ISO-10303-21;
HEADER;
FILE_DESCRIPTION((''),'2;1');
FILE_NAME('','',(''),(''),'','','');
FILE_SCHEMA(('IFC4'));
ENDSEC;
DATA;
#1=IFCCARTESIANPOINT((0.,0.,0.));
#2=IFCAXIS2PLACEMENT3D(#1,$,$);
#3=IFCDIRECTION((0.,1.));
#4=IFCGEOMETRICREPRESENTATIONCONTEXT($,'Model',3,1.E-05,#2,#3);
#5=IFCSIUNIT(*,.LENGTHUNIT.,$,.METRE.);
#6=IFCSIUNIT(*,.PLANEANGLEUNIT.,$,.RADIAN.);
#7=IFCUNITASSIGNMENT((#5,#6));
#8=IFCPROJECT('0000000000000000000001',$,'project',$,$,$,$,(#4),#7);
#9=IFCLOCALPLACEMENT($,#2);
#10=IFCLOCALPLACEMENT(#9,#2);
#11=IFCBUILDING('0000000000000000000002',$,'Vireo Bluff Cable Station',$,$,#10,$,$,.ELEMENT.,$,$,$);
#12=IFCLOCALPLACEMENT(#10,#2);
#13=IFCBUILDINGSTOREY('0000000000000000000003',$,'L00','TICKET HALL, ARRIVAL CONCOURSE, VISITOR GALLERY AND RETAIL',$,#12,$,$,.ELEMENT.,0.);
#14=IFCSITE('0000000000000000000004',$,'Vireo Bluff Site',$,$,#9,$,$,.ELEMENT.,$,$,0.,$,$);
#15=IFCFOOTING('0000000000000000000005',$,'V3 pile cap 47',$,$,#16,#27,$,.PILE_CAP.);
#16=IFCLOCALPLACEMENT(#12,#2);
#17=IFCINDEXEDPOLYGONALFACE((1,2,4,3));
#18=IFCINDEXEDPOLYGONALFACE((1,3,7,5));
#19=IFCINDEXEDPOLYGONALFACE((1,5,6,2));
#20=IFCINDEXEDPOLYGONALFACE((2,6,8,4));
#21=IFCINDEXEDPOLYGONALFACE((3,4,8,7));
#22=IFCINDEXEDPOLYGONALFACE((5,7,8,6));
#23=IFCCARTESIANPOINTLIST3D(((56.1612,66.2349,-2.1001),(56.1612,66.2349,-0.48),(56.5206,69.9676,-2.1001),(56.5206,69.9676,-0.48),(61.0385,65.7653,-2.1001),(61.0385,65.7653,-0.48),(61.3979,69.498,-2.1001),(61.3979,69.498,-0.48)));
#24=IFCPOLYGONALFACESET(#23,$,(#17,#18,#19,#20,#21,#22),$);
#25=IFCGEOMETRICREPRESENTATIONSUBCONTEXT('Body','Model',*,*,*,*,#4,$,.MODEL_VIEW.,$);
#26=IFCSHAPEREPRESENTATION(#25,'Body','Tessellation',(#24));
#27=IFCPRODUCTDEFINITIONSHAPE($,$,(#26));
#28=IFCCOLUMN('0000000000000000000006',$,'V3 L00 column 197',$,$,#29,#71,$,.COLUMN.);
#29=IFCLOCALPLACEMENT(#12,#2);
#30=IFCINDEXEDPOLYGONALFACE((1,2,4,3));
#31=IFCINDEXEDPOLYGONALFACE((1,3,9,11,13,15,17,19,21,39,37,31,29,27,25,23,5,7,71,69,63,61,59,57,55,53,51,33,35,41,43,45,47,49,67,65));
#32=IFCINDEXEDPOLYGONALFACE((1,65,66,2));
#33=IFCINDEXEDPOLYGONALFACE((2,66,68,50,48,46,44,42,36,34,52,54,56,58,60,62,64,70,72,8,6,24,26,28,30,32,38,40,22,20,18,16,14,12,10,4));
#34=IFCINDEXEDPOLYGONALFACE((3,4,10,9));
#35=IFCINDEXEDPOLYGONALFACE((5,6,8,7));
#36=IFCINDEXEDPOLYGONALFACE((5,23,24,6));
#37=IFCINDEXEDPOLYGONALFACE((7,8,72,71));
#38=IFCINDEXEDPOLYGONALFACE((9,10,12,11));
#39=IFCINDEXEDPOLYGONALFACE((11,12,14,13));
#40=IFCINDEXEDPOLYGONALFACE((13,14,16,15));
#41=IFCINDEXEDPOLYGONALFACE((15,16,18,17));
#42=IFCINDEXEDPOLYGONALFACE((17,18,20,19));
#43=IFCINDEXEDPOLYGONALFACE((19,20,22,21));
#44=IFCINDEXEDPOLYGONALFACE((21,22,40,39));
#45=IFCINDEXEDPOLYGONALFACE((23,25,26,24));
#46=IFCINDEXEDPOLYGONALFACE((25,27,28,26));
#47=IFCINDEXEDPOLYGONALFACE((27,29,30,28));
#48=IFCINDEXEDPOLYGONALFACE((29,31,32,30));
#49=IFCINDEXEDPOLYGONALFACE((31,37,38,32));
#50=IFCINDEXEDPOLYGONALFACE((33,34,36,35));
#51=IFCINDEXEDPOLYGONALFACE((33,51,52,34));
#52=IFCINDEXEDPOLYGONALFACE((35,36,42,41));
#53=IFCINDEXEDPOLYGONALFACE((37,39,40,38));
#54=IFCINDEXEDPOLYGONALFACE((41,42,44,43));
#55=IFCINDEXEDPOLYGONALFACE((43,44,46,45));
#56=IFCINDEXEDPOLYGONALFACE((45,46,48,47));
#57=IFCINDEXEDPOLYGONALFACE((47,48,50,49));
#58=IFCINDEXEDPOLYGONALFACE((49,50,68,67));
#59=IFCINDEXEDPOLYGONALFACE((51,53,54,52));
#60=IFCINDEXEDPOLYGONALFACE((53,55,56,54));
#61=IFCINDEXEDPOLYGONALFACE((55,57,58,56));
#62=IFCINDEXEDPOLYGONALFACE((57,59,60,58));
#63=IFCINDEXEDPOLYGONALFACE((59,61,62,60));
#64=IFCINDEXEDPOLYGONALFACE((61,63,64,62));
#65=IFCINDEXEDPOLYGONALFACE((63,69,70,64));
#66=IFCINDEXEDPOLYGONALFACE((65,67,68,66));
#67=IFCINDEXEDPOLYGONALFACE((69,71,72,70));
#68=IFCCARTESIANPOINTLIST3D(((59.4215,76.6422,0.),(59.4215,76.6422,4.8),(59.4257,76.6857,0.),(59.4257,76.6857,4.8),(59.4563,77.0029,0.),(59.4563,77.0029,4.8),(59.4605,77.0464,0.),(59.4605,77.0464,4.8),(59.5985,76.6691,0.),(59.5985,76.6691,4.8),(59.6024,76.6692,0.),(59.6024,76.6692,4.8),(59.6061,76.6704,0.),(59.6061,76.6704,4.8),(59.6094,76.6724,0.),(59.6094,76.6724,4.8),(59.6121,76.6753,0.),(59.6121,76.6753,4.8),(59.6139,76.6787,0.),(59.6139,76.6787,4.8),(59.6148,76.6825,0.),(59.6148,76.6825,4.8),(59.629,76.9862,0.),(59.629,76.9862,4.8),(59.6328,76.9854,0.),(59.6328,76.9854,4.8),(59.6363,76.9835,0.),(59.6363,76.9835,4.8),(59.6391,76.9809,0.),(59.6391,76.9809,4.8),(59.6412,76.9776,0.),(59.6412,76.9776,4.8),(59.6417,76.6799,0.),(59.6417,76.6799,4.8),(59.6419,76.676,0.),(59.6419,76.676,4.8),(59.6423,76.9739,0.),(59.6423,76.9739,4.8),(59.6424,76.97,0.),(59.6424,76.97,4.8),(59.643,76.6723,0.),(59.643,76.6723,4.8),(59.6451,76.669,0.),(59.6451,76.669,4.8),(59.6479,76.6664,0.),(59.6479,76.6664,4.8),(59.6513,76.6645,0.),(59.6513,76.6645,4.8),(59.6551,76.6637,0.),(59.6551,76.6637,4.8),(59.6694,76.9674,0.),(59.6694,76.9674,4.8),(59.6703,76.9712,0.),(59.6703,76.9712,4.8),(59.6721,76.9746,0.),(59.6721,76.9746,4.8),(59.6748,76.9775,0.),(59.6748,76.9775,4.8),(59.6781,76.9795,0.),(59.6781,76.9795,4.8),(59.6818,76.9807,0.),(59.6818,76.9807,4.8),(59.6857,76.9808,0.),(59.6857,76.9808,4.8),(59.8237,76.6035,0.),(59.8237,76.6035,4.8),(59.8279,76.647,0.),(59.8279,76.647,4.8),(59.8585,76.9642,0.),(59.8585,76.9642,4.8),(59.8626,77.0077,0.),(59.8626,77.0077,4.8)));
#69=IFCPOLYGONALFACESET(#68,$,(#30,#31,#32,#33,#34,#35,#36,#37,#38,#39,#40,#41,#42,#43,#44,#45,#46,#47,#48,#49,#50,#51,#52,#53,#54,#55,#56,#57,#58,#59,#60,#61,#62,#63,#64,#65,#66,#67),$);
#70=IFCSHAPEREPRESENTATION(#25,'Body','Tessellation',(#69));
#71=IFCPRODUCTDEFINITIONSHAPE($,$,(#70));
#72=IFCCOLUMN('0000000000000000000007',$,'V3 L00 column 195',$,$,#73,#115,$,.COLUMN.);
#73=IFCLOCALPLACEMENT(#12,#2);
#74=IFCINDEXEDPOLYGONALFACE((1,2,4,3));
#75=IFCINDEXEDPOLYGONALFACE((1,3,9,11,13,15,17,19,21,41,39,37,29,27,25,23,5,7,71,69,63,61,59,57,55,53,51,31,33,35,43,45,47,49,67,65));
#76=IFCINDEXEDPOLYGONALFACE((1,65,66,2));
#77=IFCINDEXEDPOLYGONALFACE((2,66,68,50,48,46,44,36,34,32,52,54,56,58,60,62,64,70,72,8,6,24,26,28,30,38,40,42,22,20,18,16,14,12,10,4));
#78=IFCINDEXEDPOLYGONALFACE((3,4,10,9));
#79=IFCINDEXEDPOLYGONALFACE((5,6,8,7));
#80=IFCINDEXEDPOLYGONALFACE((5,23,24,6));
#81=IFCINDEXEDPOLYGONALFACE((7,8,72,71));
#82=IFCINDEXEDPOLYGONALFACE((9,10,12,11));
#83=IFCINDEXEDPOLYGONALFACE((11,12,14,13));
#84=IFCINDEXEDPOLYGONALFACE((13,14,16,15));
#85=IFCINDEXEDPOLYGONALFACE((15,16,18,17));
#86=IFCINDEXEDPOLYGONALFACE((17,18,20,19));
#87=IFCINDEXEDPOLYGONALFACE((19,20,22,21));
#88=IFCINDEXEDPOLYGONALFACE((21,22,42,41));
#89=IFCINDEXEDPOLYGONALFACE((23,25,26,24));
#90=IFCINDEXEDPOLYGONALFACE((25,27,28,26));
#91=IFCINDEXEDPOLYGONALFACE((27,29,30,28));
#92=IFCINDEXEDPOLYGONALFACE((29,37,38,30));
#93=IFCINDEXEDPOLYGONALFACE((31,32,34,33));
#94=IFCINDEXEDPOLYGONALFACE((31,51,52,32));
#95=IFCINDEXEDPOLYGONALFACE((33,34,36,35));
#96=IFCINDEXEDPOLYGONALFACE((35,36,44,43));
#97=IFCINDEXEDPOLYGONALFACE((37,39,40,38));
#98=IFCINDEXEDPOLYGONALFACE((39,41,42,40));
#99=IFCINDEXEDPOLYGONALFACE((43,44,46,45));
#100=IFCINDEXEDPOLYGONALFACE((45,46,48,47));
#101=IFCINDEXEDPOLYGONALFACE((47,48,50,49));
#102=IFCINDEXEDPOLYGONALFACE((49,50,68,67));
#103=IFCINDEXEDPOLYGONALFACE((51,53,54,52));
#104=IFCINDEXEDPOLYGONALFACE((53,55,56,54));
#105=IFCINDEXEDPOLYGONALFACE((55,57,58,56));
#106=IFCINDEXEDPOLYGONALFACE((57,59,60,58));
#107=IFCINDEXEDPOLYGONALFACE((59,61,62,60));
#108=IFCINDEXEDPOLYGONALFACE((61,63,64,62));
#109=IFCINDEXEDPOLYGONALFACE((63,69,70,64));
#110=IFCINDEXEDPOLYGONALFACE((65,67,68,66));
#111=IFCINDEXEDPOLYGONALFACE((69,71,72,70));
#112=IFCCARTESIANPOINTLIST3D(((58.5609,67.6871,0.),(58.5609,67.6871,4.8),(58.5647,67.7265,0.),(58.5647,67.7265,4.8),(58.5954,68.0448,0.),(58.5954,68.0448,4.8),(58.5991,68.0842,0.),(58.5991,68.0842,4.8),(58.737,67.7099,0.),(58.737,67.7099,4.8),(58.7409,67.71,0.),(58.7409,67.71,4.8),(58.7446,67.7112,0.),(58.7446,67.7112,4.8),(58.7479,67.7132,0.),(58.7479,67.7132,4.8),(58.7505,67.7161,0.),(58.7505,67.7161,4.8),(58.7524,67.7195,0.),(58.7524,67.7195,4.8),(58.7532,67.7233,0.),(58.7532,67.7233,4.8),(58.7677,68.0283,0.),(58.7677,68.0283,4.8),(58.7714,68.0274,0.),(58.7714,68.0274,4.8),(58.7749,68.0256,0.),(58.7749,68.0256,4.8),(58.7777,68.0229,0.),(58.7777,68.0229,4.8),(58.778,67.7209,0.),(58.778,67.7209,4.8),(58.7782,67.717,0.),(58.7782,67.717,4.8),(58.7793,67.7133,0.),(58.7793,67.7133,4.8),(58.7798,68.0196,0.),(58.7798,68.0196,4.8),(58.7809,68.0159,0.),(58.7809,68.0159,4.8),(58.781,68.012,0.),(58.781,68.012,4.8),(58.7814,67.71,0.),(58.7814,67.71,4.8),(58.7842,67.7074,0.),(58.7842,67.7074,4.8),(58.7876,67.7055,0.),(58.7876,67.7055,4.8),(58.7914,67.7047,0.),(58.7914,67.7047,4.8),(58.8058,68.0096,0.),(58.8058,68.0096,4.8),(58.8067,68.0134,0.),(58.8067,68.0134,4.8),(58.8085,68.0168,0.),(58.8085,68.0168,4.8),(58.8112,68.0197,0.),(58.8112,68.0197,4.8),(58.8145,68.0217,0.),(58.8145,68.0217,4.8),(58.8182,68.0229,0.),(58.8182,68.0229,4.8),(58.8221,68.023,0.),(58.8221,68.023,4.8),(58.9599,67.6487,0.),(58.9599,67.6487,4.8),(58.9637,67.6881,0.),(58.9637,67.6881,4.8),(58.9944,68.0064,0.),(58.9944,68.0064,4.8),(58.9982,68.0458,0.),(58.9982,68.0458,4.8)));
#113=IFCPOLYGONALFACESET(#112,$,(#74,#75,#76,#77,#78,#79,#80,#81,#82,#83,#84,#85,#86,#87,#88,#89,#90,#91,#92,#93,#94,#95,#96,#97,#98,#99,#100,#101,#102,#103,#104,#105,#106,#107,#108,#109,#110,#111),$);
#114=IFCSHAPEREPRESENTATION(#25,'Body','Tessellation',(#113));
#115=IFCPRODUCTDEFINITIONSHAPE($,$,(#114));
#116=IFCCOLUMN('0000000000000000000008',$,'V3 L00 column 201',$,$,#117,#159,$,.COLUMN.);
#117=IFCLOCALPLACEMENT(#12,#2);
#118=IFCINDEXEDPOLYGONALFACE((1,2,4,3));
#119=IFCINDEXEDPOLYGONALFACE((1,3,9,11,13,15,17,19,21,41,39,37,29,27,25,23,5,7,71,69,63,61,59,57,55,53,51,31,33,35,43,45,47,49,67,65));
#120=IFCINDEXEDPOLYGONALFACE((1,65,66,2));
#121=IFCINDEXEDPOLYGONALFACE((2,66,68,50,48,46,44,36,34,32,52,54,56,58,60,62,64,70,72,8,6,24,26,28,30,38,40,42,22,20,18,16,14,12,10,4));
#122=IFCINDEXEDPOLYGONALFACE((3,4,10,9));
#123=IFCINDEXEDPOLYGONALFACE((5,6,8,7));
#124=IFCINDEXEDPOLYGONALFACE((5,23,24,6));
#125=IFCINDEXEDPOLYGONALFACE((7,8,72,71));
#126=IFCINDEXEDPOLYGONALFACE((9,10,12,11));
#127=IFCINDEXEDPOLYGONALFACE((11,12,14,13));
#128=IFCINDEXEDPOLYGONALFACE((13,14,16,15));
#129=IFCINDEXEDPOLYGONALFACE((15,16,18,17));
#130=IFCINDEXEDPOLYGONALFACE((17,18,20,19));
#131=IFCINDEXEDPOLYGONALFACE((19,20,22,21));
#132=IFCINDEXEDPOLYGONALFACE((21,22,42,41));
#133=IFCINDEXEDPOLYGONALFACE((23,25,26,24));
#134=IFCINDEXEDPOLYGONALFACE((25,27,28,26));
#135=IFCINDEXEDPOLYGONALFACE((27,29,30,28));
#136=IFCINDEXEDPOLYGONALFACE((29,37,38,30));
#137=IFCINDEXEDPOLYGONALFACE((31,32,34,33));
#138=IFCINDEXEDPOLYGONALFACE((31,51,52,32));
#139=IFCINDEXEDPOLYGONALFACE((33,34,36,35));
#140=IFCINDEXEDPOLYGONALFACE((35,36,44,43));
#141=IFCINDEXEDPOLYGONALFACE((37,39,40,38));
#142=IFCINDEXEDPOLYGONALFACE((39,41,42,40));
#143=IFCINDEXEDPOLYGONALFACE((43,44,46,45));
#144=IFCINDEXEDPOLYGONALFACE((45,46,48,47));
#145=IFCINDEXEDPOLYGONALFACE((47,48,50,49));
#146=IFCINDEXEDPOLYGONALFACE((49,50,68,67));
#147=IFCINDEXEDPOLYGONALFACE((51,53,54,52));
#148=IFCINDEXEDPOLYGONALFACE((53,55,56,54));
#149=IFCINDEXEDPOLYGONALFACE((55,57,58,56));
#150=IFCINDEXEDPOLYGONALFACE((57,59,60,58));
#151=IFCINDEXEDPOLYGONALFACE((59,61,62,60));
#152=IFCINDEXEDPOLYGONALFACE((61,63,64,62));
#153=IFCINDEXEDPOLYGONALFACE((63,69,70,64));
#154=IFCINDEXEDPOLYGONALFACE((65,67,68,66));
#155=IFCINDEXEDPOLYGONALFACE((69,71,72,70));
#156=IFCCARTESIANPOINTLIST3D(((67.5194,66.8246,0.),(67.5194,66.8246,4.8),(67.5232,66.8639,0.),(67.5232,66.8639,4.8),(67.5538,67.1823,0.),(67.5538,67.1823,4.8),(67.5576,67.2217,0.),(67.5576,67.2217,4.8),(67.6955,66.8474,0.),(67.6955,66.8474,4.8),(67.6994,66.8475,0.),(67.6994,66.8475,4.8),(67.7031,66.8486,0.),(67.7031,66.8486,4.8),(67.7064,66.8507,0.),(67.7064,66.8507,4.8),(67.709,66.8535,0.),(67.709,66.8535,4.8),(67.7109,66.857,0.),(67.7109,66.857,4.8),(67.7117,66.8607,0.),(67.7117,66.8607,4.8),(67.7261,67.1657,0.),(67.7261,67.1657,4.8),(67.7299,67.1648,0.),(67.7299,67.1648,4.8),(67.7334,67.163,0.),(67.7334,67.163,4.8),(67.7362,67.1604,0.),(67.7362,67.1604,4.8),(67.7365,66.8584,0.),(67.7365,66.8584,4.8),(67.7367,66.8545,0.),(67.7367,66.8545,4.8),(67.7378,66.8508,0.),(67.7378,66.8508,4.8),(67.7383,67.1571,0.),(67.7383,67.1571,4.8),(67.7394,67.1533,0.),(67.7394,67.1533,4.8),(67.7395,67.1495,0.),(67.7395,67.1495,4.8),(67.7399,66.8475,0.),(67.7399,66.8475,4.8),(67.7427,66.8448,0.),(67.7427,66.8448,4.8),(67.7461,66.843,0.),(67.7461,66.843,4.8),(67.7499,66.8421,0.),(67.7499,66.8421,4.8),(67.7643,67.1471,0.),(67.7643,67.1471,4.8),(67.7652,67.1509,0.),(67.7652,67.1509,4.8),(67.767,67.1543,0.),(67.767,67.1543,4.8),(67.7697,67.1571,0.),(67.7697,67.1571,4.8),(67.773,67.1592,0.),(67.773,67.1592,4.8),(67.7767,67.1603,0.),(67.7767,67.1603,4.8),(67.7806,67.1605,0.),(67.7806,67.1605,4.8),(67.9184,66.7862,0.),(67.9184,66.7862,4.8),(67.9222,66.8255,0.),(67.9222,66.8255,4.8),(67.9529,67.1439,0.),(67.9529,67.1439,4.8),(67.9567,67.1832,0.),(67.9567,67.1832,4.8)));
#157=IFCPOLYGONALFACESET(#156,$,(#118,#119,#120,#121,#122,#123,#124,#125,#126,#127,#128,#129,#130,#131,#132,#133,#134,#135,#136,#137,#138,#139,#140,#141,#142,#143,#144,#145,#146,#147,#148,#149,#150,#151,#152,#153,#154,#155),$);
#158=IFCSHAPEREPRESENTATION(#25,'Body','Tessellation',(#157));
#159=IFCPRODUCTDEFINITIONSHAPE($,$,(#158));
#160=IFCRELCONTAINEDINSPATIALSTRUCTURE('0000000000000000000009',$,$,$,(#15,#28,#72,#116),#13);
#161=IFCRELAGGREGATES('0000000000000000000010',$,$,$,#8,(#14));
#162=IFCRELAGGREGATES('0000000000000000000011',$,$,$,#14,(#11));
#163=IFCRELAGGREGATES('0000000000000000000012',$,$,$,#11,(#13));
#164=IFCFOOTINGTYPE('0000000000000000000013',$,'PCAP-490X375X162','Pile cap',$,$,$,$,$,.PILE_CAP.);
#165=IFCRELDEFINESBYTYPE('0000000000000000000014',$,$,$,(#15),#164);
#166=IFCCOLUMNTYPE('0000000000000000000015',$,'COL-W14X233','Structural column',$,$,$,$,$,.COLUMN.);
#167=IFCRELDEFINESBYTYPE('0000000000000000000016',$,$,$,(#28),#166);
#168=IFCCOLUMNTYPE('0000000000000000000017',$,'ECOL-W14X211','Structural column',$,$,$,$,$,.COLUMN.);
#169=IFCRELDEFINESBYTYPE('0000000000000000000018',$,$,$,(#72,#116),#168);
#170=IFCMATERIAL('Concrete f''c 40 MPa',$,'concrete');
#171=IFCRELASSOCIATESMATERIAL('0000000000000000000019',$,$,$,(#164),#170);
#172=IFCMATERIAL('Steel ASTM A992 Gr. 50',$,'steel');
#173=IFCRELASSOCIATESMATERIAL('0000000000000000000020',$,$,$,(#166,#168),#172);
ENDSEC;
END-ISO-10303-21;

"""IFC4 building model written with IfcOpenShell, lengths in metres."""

from ifc_helpers import new_model, si_unit, direction, frame, origin, origin_2d, place, context, subcontext, project, spatial, rectangle, i_section, extrude, material, material_profile, profile_set, type_object, element, save


model = new_model("IFC4")

# Units and contexts
model_context = context("Model", 3, precision=1e-05, world=origin(), true_north=direction((0.0, 1.0)))
body_context = subcontext(model_context, "Body", "Model", "MODEL_VIEW")
ifc_project = project(units=[si_unit("LENGTHUNIT", "METRE"), si_unit("PLANEANGLEUNIT", "RADIAN")], contexts=[model_context])

# Site, building, storey
site_placement = place(None, origin())
site = spatial("IfcSite", under=ifc_project, at=site_placement, Name="Vireo Bluff Site", CompositionType="ELEMENT", RefElevation=0.0)
building_placement = place(site_placement, origin())
building = spatial("IfcBuilding", under=site, at=building_placement, Name="Vireo Bluff Cable Station", CompositionType="ELEMENT")
storey_placement = place(building_placement, origin())
storey = spatial("IfcBuildingStorey", under=building, at=storey_placement, Name="L00", Description="TICKET HALL, ARRIVAL CONCOURSE, VISITOR GALLERY AND RETAIL", CompositionType="ELEMENT", Elevation=0.0)

# Footing
ifc_material_1 = material(Name="Concrete f'c 40 MPa", Category="concrete")
footing_type_1 = type_object("IfcFootingType", Name="PCAP-490X375X162", Description="Pile cap", PredefinedType="PILE_CAP", material=ifc_material_1)
footing_1_placement = place(storey_placement, frame((58.7795, 67.8665, -2.1001), z_axis=(0.0, 0.0, 1.0), x_axis=(0.995396, -0.095846, 0.0)))
element("IfcFooting", 1, at=footing_1_placement, inside=storey, type_object=footing_type_1, Name="V3 pile cap 47", PredefinedType="PILE_CAP", context=body_context, shape_type="SweptSolid", body=[
    extrude(rectangle(XDim=4.8999, YDim=3.75, at=origin_2d()), origin(), (0.0, 0.0, 1.0), 1.6201),
])

# Columns
ifc_material_2 = material(Name="Steel ASTM A992 Gr. 50", Category="steel")
ifc_material_profile_1 = material_profile(ifc_material_2, i_section(OverallWidth=0.4041, OverallDepth=0.406, WebThickness=0.0271, FlangeThickness=0.0437, FilletRadius=0.0149, at=origin_2d()), Name="W14X233")
ifc_profile_set_1 = profile_set([ifc_material_profile_1], Name="Steel ASTM A992 Gr. 50")
column_type_1 = type_object("IfcColumnType", Name="COL-W14X233", Description="Structural column", PredefinedType="COLUMN", material=ifc_profile_set_1)
column_placement = place(storey_placement, frame((59.6421, 76.825, 0.0), z_axis=(0.0, 0.0, 1.0), x_axis=(0.995396, -0.095846, 0.0)))
element("IfcColumn", 2, at=column_placement, inside=storey, type_object=column_type_1, Name="V3 L00 column 197", PredefinedType="COLUMN", context=body_context, shape_type="SweptSolid", body=[
    extrude(i_section(OverallWidth=0.4041, OverallDepth=0.406, WebThickness=0.0271, FlangeThickness=0.0437, FilletRadius=0.0149, at=origin_2d()), origin(), (0.0, 0.0, 1.0), 4.8),
])
ifc_material_profile_2 = material_profile(ifc_material_2, i_section(OverallWidth=0.4009, OverallDepth=0.3989, WebThickness=0.0249, FlangeThickness=0.0396, FilletRadius=0.0149, at=origin_2d()), Name="W14X211")
ifc_profile_set_2 = profile_set([ifc_material_profile_2], Name="Steel ASTM A992 Gr. 50")
column_type_2 = type_object("IfcColumnType", Name="ECOL-W14X211", Description="Structural column", PredefinedType="COLUMN", material=ifc_profile_set_2)
for number, where, z_axis, x_axis, name in (
    (3, (58.7795, 67.8665, 0.0), (0.0, 0.0, 1.0), (0.995396, -0.095846, 0.0), "V3 L00 column 195"),
    (4, (67.738, 67.0039, 0.0), (0.0, 0.0, 1.0), (0.995396, -0.095846, 0.0), "V3 L00 column 201"),
):
    element("IfcColumn", number, at=place(storey_placement, frame(where, z_axis=z_axis, x_axis=x_axis)), inside=storey, type_object=column_type_2, Name=name, PredefinedType="COLUMN", context=body_context, shape_type="SweptSolid", body=[
        extrude(i_section(OverallWidth=0.4009, OverallDepth=0.3989, WebThickness=0.0249, FlangeThickness=0.0396, FilletRadius=0.0149, at=origin_2d()), origin(), (0.0, 0.0, 1.0), 4.8),
    ])

save(model, "model.ifc")
